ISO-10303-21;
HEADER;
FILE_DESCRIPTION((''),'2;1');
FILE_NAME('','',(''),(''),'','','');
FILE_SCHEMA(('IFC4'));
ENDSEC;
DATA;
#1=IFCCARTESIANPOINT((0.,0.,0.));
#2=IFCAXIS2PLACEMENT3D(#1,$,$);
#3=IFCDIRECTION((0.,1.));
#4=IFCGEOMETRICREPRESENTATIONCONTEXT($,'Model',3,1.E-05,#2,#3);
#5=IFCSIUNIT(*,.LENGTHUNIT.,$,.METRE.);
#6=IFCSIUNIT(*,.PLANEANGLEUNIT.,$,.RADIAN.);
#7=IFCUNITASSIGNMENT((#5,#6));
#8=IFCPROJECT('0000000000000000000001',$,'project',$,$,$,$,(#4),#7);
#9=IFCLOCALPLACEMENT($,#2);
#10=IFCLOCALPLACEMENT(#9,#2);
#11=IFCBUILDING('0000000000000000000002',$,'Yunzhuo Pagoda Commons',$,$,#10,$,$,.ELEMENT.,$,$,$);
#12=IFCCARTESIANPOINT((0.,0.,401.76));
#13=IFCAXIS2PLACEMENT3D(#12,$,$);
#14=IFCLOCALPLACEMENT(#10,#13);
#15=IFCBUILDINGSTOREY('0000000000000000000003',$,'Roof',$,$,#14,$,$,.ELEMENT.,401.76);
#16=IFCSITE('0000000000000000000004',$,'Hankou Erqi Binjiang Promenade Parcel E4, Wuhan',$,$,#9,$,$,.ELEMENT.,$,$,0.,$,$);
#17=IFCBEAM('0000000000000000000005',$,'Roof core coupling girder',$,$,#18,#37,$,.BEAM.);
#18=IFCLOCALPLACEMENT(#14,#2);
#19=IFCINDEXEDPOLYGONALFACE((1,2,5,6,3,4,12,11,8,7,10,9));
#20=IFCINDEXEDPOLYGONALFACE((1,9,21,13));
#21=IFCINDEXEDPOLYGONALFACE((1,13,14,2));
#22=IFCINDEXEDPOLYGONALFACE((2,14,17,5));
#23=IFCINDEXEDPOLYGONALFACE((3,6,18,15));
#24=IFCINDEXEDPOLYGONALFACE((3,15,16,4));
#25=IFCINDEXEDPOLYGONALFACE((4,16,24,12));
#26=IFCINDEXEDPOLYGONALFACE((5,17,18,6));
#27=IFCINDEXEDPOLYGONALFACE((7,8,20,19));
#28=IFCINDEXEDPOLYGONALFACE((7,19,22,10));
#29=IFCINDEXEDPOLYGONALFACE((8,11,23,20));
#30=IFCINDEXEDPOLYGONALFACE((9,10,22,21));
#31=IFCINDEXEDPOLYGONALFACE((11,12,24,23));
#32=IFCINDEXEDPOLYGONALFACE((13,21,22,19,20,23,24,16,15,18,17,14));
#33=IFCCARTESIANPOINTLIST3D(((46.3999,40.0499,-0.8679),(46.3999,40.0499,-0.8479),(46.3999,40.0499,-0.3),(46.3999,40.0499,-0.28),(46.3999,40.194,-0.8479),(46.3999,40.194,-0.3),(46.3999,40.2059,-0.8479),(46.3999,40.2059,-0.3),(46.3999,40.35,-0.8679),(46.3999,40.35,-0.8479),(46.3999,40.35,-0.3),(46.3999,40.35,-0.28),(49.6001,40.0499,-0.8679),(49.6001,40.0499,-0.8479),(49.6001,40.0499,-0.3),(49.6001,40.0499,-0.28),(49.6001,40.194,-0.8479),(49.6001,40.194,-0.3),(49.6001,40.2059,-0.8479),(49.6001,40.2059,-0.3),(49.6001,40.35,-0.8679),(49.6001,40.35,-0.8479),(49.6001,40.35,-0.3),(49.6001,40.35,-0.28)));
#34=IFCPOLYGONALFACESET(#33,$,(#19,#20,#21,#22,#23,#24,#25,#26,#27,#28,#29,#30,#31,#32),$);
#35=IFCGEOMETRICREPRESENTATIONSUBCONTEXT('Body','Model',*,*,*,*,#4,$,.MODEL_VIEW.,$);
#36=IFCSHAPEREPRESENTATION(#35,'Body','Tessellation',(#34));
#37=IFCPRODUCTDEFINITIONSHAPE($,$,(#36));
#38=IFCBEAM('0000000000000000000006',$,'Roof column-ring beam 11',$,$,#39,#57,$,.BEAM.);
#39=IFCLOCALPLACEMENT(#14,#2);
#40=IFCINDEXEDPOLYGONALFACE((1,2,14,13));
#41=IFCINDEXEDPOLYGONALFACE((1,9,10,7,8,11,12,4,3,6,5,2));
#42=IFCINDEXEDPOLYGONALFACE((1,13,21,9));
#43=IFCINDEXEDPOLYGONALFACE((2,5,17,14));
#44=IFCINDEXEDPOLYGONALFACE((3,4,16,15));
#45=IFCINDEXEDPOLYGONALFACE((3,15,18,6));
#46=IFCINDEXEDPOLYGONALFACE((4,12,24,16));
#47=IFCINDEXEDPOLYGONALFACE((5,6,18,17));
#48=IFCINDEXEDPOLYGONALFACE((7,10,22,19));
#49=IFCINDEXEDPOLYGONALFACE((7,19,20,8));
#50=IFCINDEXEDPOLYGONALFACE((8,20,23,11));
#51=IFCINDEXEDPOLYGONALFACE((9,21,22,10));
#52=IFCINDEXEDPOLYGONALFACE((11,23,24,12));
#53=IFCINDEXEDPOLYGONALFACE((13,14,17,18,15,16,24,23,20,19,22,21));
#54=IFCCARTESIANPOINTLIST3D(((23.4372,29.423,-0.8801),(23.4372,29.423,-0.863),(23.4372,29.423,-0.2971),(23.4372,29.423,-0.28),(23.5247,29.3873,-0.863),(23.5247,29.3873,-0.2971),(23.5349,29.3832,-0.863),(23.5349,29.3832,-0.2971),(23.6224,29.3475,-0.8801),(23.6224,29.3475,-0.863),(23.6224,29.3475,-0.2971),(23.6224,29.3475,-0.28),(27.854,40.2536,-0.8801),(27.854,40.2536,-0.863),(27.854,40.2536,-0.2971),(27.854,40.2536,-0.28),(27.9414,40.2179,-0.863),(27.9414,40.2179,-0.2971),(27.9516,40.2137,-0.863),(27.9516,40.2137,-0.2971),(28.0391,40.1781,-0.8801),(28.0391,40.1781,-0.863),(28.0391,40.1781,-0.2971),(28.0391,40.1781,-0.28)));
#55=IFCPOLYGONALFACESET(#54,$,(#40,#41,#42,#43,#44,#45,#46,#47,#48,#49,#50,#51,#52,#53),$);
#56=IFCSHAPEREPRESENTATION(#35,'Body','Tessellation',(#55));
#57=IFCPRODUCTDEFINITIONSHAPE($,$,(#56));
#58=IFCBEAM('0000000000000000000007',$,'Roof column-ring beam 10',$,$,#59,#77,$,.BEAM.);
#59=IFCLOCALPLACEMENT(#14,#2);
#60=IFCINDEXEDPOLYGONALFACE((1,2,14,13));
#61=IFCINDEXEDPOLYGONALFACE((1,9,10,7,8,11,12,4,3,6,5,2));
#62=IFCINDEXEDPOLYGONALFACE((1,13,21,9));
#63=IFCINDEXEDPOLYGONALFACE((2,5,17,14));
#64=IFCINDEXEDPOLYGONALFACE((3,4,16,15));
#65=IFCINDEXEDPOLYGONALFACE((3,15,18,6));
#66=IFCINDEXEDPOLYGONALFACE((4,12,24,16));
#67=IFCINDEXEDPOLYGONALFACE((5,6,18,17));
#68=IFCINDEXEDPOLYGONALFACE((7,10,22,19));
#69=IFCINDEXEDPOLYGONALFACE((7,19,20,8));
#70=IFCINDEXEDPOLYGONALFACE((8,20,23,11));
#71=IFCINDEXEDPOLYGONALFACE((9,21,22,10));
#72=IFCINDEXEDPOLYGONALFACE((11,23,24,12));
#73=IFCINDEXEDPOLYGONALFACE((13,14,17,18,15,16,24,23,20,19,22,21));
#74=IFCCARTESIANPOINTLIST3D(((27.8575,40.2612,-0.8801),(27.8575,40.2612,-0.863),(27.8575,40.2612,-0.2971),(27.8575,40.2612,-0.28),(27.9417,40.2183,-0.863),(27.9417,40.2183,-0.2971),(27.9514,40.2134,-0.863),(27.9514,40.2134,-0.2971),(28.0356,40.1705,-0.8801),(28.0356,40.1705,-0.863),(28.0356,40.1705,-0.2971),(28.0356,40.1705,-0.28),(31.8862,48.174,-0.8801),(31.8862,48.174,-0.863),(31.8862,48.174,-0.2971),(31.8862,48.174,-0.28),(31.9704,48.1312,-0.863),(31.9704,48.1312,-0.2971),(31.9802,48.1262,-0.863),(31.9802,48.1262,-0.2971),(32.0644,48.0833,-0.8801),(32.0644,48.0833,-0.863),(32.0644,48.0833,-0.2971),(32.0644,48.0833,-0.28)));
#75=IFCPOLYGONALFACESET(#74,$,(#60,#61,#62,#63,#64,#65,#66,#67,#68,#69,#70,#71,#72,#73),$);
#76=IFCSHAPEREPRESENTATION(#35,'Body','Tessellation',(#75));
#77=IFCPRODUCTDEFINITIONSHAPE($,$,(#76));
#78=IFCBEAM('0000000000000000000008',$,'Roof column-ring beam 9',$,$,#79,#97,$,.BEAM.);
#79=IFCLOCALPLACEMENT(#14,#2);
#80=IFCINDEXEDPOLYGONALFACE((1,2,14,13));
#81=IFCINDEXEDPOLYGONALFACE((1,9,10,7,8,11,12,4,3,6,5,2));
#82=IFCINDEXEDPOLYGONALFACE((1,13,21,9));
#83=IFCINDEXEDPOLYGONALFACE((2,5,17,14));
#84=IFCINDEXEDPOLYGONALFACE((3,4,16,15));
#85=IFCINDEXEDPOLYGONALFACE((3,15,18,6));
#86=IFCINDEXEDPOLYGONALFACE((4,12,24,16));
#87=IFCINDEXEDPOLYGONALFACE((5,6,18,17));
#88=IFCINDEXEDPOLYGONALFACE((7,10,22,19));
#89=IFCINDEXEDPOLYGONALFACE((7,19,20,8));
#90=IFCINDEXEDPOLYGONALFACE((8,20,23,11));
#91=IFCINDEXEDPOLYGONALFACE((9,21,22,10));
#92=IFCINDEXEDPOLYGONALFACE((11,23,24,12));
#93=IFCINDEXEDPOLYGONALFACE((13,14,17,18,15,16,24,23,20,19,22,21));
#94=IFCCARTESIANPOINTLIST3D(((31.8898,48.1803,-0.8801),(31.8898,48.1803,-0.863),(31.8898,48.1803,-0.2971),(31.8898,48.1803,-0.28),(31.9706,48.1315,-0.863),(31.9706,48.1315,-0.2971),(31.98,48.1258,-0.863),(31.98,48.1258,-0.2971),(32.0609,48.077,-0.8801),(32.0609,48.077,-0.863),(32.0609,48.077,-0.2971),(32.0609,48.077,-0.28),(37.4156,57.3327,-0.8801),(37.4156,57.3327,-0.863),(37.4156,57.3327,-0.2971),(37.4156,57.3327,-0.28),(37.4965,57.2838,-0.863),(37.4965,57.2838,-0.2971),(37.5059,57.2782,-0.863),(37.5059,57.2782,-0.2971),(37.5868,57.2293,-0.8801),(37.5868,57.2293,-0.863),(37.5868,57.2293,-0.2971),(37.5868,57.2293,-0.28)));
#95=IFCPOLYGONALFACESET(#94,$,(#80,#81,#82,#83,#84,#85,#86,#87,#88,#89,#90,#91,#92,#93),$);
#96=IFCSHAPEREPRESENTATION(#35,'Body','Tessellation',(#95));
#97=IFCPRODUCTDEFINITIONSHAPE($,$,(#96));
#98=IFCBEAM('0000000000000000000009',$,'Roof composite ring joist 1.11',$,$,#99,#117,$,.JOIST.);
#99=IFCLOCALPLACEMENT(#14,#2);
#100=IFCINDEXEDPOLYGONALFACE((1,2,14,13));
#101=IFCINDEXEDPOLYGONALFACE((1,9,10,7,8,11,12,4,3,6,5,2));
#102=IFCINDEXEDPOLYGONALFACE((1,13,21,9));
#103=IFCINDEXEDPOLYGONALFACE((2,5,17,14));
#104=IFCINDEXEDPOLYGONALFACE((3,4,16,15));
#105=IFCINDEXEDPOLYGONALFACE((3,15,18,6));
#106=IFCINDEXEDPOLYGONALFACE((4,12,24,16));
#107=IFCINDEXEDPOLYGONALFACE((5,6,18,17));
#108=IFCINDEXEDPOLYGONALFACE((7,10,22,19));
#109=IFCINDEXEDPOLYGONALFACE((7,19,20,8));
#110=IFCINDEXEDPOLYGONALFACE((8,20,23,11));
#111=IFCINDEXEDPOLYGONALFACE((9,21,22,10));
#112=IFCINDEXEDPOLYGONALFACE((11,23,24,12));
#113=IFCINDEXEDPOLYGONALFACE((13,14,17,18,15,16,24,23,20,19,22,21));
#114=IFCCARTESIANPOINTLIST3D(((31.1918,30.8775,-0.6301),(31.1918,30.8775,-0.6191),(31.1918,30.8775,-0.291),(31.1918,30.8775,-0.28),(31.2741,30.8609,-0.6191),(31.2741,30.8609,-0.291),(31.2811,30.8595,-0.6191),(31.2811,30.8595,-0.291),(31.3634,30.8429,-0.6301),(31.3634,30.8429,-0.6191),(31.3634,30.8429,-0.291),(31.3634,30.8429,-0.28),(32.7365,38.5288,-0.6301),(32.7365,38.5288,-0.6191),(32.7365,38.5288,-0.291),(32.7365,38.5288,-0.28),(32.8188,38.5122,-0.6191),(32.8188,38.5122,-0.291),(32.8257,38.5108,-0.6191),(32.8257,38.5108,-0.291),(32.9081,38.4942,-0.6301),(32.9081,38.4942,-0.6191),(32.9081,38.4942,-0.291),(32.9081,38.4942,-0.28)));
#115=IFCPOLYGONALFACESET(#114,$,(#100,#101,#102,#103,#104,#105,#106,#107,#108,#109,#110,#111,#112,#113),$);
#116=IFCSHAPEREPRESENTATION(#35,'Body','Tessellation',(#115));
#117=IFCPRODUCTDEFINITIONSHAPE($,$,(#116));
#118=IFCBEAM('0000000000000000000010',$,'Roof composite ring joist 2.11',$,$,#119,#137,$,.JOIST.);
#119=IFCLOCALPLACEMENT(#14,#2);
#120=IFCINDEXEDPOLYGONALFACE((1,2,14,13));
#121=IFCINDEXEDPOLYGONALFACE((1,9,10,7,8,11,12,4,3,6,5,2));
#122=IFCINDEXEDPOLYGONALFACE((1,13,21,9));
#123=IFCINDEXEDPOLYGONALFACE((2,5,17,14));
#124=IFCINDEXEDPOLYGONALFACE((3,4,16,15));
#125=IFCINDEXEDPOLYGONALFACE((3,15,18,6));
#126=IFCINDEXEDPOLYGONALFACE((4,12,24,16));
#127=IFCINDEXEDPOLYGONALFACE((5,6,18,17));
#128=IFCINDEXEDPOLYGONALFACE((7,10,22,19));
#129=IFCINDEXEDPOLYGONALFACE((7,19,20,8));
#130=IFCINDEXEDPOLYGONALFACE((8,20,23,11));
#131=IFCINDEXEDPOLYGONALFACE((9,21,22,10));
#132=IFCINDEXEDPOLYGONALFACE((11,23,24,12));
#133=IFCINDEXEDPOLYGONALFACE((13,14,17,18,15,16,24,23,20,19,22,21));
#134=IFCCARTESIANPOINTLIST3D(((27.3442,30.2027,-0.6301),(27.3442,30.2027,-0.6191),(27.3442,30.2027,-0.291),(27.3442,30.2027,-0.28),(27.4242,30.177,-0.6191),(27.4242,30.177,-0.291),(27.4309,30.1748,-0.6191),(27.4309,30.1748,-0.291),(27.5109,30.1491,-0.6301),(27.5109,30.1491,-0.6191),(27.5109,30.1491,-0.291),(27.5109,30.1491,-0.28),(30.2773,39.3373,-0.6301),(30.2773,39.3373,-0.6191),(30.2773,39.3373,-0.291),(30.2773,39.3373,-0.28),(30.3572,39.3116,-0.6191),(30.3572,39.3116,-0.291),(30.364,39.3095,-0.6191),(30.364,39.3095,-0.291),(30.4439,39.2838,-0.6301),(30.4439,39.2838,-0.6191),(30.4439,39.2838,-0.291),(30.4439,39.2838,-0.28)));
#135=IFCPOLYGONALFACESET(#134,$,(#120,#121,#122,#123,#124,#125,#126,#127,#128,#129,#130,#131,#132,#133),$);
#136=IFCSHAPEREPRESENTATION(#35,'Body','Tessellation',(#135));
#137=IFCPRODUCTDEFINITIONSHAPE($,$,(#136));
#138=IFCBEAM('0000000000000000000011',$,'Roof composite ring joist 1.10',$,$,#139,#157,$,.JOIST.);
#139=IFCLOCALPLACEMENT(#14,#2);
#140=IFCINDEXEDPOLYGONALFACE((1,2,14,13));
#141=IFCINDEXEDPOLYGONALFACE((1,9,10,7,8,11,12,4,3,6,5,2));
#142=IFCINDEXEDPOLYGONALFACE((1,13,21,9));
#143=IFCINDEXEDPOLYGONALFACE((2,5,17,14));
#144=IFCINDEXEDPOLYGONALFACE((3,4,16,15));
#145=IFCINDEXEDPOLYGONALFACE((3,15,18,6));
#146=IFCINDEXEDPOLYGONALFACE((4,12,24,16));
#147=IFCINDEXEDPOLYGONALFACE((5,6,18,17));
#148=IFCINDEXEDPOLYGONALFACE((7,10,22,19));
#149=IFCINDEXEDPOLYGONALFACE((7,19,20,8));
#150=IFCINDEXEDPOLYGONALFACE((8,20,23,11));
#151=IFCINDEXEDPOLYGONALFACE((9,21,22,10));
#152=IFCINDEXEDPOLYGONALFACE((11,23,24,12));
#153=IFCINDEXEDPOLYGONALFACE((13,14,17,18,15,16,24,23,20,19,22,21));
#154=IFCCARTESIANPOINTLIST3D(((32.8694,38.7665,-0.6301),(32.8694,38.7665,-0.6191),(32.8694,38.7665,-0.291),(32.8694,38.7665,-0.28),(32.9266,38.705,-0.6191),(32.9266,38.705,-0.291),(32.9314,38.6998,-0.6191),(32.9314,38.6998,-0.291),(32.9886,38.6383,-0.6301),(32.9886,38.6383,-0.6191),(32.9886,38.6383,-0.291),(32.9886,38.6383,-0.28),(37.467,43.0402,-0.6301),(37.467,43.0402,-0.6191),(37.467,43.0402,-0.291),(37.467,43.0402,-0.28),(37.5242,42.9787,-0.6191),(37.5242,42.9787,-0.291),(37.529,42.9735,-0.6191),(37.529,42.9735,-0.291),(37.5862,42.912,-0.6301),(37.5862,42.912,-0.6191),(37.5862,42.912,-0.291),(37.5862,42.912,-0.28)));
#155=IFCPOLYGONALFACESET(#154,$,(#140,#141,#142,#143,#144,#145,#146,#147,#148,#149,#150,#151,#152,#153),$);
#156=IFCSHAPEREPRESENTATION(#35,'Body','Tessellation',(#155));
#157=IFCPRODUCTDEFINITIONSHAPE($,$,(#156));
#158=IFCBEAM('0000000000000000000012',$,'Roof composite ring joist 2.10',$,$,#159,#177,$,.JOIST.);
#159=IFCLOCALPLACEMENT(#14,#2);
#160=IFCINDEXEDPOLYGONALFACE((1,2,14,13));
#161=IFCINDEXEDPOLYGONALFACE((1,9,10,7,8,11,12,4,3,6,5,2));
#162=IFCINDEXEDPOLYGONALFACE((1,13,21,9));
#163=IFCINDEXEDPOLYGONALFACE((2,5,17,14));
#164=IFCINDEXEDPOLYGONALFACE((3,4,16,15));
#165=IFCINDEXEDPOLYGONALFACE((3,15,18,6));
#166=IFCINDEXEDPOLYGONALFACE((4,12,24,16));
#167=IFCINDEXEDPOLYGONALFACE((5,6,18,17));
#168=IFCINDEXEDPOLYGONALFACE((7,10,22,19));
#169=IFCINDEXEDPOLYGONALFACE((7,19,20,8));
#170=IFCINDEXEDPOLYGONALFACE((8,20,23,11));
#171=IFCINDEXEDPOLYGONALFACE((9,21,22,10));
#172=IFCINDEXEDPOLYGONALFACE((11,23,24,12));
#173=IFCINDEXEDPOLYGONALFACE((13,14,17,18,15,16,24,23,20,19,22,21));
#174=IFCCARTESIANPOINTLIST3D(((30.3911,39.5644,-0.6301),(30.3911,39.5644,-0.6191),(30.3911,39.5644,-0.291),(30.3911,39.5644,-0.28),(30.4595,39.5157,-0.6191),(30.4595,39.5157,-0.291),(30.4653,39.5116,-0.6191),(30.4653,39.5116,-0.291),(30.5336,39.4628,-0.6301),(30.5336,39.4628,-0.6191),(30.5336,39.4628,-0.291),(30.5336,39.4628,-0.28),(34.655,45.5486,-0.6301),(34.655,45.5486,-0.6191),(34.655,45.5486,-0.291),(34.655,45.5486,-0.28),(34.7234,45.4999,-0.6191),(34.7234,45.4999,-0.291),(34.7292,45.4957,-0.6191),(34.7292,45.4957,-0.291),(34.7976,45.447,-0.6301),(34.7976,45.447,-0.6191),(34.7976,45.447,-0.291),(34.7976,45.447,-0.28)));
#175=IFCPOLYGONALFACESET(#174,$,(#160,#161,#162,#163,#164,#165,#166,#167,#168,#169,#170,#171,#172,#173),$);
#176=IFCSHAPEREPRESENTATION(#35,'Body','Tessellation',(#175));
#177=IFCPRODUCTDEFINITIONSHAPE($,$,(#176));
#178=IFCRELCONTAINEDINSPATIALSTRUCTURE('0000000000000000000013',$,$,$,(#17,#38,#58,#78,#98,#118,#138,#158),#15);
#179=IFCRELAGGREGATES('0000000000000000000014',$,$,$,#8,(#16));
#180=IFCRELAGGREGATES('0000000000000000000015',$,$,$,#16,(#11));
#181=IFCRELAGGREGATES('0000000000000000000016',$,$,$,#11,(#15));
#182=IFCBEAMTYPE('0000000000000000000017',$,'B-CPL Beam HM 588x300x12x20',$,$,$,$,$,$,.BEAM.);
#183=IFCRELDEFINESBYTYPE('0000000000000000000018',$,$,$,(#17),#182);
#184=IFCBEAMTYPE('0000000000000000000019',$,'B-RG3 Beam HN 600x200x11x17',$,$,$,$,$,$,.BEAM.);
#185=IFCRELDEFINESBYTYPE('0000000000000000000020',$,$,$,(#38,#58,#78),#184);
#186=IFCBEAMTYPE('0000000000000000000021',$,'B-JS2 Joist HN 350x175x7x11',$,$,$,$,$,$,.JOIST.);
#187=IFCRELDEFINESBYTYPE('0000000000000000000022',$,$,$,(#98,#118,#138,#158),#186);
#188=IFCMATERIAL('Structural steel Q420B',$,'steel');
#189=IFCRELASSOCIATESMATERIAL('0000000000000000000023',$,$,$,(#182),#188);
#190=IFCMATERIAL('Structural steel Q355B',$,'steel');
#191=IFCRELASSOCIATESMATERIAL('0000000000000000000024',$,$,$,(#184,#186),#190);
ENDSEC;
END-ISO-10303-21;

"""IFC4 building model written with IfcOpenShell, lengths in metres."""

from ifc_helpers import new_model, si_unit, direction, frame, origin, origin_2d, place, context, subcontext, project, spatial, i_section, extrude, source, transform, mapped, material, material_profile, profile_set, type_object, element, save


model = new_model("IFC4")

# Units and contexts
model_context = context("Model", 3, precision=1e-05, world=origin(), true_north=direction((0.0, 1.0)))
body_context = subcontext(model_context, "Body", "Model", "MODEL_VIEW")
ifc_project = project(units=[si_unit("LENGTHUNIT", "METRE"), si_unit("PLANEANGLEUNIT", "RADIAN")], contexts=[model_context])

# Site, building, storey
site_placement = place(None, origin())
site = spatial("IfcSite", under=ifc_project, at=site_placement, Name="Hankou Erqi Binjiang Promenade Parcel E4, Wuhan", CompositionType="ELEMENT", RefElevation=0.0)
building_placement = place(site_placement, origin())
building = spatial("IfcBuilding", under=site, at=building_placement, Name="Yunzhuo Pagoda Commons", CompositionType="ELEMENT")
storey_placement = place(building_placement, frame((0.0, 0.0, 401.76)))
storey = spatial("IfcBuildingStorey", under=building, at=storey_placement, Name="Roof", CompositionType="ELEMENT", Elevation=401.76)

# Beams
ifc_material_1 = material(Name="Structural steel Q420B", Category="steel")
ifc_material_profile_1 = material_profile(ifc_material_1, i_section(OverallWidth=0.3, OverallDepth=0.5879, WebThickness=0.012, FlangeThickness=0.02, at=origin_2d()), Name="Structural steel Q420B")
ifc_profile_set_1 = profile_set([ifc_material_profile_1], Name="Structural steel Q420B")
beam_type_1 = type_object("IfcBeamType", Name="B-CPL Beam HM 588x300x12x20", PredefinedType="BEAM", material=ifc_profile_set_1)
shared_shape_1 = source(origin(), body_context, "Body", "SweptSolid", [
    extrude(i_section(OverallWidth=0.3, OverallDepth=0.5879, WebThickness=0.012, FlangeThickness=0.02, at=origin_2d()), origin(), (0.0, 0.0, 1.0), 3.2002),
])
beam_1_placement = place(storey_placement, frame((46.3999, 40.2, -0.574), z_axis=(1.0, 0.0, 0.0), x_axis=(0.0, 1.0, 0.0)))
element("IfcBeam", 1, at=beam_1_placement, inside=storey, type_object=beam_type_1, Name="Roof core coupling girder", PredefinedType="BEAM", context=body_context, shape_type="MappedRepresentation", body=[
    mapped(shared_shape_1, transform((0.0, 0.0, 0.0), scale=1.0)),
])
ifc_material_2 = material(Name="Structural steel Q355B", Category="steel")
ifc_material_profile_2 = material_profile(ifc_material_2, i_section(OverallWidth=0.2, OverallDepth=0.6001, WebThickness=0.011, FlangeThickness=0.0171, at=origin_2d()), Name="Structural steel Q355B")
ifc_profile_set_2 = profile_set([ifc_material_profile_2], Name="Structural steel Q355B")
beam_type_2 = type_object("IfcBeamType", Name="B-RG3 Beam HN 600x200x11x17", PredefinedType="BEAM", material=ifc_profile_set_2)
shared_shape_2 = source(origin(), body_context, "Body", "SweptSolid", [
    extrude(i_section(OverallWidth=0.2, OverallDepth=0.6001, WebThickness=0.011, FlangeThickness=0.0171, at=origin_2d()), origin(), (0.0, 0.0, 1.0), 11.6965),
])
beam_2_placement = place(storey_placement, frame((27.9465, 40.2158, -0.5801), z_axis=(-0.377612, -0.925964, 0.0), x_axis=(0.925964, -0.377612, 0.0)))
element("IfcBeam", 2, at=beam_2_placement, inside=storey, type_object=beam_type_2, Name="Roof column-ring beam 11", PredefinedType="BEAM", context=body_context, shape_type="MappedRepresentation", body=[
    mapped(shared_shape_2, transform((0.0, 0.0, 0.0), scale=1.0)),
])
shared_shape_3 = source(origin(), body_context, "Body", "SweptSolid", [
    extrude(i_section(OverallWidth=0.2, OverallDepth=0.6001, WebThickness=0.011, FlangeThickness=0.0171, at=origin_2d()), origin(), (0.0, 0.0, 1.0), 8.8794),
])
beam_3_placement = place(storey_placement, frame((31.9753, 48.1287, -0.5801), z_axis=(-0.453724, -0.891142, 0.0), x_axis=(0.891142, -0.453724, 0.0)))
element("IfcBeam", 3, at=beam_3_placement, inside=storey, type_object=beam_type_2, Name="Roof column-ring beam 10", PredefinedType="BEAM", context=body_context, shape_type="MappedRepresentation", body=[
    mapped(shared_shape_3, transform((0.0, 0.0, 0.0), scale=1.0)),
])
shared_shape_4 = source(origin(), body_context, "Body", "SweptSolid", [
    extrude(i_section(OverallWidth=0.2, OverallDepth=0.6001, WebThickness=0.011, FlangeThickness=0.0171, at=origin_2d()), origin(), (0.0, 0.0, 1.0), 10.6912),
])
beam_4_placement = place(storey_placement, frame((37.5012, 57.281, -0.5801), z_axis=(-0.516865, -0.856067, 0.0), x_axis=(0.856067, -0.516865, 0.0)))
element("IfcBeam", 4, at=beam_4_placement, inside=storey, type_object=beam_type_2, Name="Roof column-ring beam 9", PredefinedType="BEAM", context=body_context, shape_type="MappedRepresentation", body=[
    mapped(shared_shape_4, transform((0.0, 0.0, 0.0), scale=1.0)),
])
ifc_material_profile_3 = material_profile(ifc_material_2, i_section(OverallWidth=0.175, OverallDepth=0.3501, WebThickness=0.0071, FlangeThickness=0.011, at=origin_2d()), Name="Structural steel Q355B")
ifc_profile_set_3 = profile_set([ifc_material_profile_3], Name="Structural steel Q355B")
beam_type_3 = type_object("IfcBeamType", Name="B-JS2 Joist HN 350x175x7x11", PredefinedType="JOIST", material=ifc_profile_set_3)
shared_shape_5 = source(origin(), body_context, "Body", "SweptSolid", [
    extrude(i_section(OverallWidth=0.175, OverallDepth=0.3501, WebThickness=0.0071, FlangeThickness=0.011, at=origin_2d()), origin(), (0.0, 0.0, 1.0), 7.8057),
])
beam_5_placement = place(storey_placement, frame((32.8223, 38.5115, -0.4551), z_axis=(-0.19789, -0.980224, 0.0), x_axis=(0.980224, -0.19789, 0.0)))
element("IfcBeam", 5, at=beam_5_placement, inside=storey, type_object=beam_type_3, Name="Roof composite ring joist 1.11", PredefinedType="JOIST", context=body_context, shape_type="MappedRepresentation", body=[
    mapped(shared_shape_5, transform((0.0, 0.0, 0.0), scale=1.0)),
])
shared_shape_6 = source(origin(), body_context, "Body", "SweptSolid", [
    extrude(i_section(OverallWidth=0.175, OverallDepth=0.3501, WebThickness=0.0071, FlangeThickness=0.011, at=origin_2d()), origin(), (0.0, 0.0, 1.0), 9.594),
])
beam_6_placement = place(storey_placement, frame((30.3606, 39.3105, -0.4551), z_axis=(-0.305719, -0.952122, 0.0), x_axis=(0.952122, -0.305719, 0.0)))
element("IfcBeam", 6, at=beam_6_placement, inside=storey, type_object=beam_type_3, Name="Roof composite ring joist 2.11", PredefinedType="JOIST", context=body_context, shape_type="MappedRepresentation", body=[
    mapped(shared_shape_6, transform((0.0, 0.0, 0.0), scale=1.0)),
])
shared_shape_7 = source(origin(), body_context, "Body", "SweptSolid", [
    extrude(i_section(OverallWidth=0.175, OverallDepth=0.3501, WebThickness=0.0071, FlangeThickness=0.011, at=origin_2d()), origin(), (0.0, 0.0, 1.0), 6.2771),
])
beam_7_placement = place(storey_placement, frame((37.5266, 42.9761, -0.4551), z_axis=(-0.732442, -0.68083, 0.0), x_axis=(0.68083, -0.732442, 0.0)))
element("IfcBeam", 7, at=beam_7_placement, inside=storey, type_object=beam_type_3, Name="Roof composite ring joist 1.10", PredefinedType="JOIST", context=body_context, shape_type="MappedRepresentation", body=[
    mapped(shared_shape_7, transform((0.0, 0.0, 0.0), scale=1.0)),
])
shared_shape_8 = source(origin(), body_context, "Body", "SweptSolid", [
    extrude(i_section(OverallWidth=0.175, OverallDepth=0.3501, WebThickness=0.0071, FlangeThickness=0.011, at=origin_2d()), origin(), (0.0, 0.0, 1.0), 7.3479),
])
beam_8_placement = place(storey_placement, frame((34.7263, 45.4978, -0.4551), z_axis=(-0.580295, -0.814406, 0.0), x_axis=(0.814406, -0.580295, 0.0)))
element("IfcBeam", 8, at=beam_8_placement, inside=storey, type_object=beam_type_3, Name="Roof composite ring joist 2.10", PredefinedType="JOIST", context=body_context, shape_type="MappedRepresentation", body=[
    mapped(shared_shape_8, transform((0.0, 0.0, 0.0), scale=1.0)),
])

save(model, "model.ifc")
